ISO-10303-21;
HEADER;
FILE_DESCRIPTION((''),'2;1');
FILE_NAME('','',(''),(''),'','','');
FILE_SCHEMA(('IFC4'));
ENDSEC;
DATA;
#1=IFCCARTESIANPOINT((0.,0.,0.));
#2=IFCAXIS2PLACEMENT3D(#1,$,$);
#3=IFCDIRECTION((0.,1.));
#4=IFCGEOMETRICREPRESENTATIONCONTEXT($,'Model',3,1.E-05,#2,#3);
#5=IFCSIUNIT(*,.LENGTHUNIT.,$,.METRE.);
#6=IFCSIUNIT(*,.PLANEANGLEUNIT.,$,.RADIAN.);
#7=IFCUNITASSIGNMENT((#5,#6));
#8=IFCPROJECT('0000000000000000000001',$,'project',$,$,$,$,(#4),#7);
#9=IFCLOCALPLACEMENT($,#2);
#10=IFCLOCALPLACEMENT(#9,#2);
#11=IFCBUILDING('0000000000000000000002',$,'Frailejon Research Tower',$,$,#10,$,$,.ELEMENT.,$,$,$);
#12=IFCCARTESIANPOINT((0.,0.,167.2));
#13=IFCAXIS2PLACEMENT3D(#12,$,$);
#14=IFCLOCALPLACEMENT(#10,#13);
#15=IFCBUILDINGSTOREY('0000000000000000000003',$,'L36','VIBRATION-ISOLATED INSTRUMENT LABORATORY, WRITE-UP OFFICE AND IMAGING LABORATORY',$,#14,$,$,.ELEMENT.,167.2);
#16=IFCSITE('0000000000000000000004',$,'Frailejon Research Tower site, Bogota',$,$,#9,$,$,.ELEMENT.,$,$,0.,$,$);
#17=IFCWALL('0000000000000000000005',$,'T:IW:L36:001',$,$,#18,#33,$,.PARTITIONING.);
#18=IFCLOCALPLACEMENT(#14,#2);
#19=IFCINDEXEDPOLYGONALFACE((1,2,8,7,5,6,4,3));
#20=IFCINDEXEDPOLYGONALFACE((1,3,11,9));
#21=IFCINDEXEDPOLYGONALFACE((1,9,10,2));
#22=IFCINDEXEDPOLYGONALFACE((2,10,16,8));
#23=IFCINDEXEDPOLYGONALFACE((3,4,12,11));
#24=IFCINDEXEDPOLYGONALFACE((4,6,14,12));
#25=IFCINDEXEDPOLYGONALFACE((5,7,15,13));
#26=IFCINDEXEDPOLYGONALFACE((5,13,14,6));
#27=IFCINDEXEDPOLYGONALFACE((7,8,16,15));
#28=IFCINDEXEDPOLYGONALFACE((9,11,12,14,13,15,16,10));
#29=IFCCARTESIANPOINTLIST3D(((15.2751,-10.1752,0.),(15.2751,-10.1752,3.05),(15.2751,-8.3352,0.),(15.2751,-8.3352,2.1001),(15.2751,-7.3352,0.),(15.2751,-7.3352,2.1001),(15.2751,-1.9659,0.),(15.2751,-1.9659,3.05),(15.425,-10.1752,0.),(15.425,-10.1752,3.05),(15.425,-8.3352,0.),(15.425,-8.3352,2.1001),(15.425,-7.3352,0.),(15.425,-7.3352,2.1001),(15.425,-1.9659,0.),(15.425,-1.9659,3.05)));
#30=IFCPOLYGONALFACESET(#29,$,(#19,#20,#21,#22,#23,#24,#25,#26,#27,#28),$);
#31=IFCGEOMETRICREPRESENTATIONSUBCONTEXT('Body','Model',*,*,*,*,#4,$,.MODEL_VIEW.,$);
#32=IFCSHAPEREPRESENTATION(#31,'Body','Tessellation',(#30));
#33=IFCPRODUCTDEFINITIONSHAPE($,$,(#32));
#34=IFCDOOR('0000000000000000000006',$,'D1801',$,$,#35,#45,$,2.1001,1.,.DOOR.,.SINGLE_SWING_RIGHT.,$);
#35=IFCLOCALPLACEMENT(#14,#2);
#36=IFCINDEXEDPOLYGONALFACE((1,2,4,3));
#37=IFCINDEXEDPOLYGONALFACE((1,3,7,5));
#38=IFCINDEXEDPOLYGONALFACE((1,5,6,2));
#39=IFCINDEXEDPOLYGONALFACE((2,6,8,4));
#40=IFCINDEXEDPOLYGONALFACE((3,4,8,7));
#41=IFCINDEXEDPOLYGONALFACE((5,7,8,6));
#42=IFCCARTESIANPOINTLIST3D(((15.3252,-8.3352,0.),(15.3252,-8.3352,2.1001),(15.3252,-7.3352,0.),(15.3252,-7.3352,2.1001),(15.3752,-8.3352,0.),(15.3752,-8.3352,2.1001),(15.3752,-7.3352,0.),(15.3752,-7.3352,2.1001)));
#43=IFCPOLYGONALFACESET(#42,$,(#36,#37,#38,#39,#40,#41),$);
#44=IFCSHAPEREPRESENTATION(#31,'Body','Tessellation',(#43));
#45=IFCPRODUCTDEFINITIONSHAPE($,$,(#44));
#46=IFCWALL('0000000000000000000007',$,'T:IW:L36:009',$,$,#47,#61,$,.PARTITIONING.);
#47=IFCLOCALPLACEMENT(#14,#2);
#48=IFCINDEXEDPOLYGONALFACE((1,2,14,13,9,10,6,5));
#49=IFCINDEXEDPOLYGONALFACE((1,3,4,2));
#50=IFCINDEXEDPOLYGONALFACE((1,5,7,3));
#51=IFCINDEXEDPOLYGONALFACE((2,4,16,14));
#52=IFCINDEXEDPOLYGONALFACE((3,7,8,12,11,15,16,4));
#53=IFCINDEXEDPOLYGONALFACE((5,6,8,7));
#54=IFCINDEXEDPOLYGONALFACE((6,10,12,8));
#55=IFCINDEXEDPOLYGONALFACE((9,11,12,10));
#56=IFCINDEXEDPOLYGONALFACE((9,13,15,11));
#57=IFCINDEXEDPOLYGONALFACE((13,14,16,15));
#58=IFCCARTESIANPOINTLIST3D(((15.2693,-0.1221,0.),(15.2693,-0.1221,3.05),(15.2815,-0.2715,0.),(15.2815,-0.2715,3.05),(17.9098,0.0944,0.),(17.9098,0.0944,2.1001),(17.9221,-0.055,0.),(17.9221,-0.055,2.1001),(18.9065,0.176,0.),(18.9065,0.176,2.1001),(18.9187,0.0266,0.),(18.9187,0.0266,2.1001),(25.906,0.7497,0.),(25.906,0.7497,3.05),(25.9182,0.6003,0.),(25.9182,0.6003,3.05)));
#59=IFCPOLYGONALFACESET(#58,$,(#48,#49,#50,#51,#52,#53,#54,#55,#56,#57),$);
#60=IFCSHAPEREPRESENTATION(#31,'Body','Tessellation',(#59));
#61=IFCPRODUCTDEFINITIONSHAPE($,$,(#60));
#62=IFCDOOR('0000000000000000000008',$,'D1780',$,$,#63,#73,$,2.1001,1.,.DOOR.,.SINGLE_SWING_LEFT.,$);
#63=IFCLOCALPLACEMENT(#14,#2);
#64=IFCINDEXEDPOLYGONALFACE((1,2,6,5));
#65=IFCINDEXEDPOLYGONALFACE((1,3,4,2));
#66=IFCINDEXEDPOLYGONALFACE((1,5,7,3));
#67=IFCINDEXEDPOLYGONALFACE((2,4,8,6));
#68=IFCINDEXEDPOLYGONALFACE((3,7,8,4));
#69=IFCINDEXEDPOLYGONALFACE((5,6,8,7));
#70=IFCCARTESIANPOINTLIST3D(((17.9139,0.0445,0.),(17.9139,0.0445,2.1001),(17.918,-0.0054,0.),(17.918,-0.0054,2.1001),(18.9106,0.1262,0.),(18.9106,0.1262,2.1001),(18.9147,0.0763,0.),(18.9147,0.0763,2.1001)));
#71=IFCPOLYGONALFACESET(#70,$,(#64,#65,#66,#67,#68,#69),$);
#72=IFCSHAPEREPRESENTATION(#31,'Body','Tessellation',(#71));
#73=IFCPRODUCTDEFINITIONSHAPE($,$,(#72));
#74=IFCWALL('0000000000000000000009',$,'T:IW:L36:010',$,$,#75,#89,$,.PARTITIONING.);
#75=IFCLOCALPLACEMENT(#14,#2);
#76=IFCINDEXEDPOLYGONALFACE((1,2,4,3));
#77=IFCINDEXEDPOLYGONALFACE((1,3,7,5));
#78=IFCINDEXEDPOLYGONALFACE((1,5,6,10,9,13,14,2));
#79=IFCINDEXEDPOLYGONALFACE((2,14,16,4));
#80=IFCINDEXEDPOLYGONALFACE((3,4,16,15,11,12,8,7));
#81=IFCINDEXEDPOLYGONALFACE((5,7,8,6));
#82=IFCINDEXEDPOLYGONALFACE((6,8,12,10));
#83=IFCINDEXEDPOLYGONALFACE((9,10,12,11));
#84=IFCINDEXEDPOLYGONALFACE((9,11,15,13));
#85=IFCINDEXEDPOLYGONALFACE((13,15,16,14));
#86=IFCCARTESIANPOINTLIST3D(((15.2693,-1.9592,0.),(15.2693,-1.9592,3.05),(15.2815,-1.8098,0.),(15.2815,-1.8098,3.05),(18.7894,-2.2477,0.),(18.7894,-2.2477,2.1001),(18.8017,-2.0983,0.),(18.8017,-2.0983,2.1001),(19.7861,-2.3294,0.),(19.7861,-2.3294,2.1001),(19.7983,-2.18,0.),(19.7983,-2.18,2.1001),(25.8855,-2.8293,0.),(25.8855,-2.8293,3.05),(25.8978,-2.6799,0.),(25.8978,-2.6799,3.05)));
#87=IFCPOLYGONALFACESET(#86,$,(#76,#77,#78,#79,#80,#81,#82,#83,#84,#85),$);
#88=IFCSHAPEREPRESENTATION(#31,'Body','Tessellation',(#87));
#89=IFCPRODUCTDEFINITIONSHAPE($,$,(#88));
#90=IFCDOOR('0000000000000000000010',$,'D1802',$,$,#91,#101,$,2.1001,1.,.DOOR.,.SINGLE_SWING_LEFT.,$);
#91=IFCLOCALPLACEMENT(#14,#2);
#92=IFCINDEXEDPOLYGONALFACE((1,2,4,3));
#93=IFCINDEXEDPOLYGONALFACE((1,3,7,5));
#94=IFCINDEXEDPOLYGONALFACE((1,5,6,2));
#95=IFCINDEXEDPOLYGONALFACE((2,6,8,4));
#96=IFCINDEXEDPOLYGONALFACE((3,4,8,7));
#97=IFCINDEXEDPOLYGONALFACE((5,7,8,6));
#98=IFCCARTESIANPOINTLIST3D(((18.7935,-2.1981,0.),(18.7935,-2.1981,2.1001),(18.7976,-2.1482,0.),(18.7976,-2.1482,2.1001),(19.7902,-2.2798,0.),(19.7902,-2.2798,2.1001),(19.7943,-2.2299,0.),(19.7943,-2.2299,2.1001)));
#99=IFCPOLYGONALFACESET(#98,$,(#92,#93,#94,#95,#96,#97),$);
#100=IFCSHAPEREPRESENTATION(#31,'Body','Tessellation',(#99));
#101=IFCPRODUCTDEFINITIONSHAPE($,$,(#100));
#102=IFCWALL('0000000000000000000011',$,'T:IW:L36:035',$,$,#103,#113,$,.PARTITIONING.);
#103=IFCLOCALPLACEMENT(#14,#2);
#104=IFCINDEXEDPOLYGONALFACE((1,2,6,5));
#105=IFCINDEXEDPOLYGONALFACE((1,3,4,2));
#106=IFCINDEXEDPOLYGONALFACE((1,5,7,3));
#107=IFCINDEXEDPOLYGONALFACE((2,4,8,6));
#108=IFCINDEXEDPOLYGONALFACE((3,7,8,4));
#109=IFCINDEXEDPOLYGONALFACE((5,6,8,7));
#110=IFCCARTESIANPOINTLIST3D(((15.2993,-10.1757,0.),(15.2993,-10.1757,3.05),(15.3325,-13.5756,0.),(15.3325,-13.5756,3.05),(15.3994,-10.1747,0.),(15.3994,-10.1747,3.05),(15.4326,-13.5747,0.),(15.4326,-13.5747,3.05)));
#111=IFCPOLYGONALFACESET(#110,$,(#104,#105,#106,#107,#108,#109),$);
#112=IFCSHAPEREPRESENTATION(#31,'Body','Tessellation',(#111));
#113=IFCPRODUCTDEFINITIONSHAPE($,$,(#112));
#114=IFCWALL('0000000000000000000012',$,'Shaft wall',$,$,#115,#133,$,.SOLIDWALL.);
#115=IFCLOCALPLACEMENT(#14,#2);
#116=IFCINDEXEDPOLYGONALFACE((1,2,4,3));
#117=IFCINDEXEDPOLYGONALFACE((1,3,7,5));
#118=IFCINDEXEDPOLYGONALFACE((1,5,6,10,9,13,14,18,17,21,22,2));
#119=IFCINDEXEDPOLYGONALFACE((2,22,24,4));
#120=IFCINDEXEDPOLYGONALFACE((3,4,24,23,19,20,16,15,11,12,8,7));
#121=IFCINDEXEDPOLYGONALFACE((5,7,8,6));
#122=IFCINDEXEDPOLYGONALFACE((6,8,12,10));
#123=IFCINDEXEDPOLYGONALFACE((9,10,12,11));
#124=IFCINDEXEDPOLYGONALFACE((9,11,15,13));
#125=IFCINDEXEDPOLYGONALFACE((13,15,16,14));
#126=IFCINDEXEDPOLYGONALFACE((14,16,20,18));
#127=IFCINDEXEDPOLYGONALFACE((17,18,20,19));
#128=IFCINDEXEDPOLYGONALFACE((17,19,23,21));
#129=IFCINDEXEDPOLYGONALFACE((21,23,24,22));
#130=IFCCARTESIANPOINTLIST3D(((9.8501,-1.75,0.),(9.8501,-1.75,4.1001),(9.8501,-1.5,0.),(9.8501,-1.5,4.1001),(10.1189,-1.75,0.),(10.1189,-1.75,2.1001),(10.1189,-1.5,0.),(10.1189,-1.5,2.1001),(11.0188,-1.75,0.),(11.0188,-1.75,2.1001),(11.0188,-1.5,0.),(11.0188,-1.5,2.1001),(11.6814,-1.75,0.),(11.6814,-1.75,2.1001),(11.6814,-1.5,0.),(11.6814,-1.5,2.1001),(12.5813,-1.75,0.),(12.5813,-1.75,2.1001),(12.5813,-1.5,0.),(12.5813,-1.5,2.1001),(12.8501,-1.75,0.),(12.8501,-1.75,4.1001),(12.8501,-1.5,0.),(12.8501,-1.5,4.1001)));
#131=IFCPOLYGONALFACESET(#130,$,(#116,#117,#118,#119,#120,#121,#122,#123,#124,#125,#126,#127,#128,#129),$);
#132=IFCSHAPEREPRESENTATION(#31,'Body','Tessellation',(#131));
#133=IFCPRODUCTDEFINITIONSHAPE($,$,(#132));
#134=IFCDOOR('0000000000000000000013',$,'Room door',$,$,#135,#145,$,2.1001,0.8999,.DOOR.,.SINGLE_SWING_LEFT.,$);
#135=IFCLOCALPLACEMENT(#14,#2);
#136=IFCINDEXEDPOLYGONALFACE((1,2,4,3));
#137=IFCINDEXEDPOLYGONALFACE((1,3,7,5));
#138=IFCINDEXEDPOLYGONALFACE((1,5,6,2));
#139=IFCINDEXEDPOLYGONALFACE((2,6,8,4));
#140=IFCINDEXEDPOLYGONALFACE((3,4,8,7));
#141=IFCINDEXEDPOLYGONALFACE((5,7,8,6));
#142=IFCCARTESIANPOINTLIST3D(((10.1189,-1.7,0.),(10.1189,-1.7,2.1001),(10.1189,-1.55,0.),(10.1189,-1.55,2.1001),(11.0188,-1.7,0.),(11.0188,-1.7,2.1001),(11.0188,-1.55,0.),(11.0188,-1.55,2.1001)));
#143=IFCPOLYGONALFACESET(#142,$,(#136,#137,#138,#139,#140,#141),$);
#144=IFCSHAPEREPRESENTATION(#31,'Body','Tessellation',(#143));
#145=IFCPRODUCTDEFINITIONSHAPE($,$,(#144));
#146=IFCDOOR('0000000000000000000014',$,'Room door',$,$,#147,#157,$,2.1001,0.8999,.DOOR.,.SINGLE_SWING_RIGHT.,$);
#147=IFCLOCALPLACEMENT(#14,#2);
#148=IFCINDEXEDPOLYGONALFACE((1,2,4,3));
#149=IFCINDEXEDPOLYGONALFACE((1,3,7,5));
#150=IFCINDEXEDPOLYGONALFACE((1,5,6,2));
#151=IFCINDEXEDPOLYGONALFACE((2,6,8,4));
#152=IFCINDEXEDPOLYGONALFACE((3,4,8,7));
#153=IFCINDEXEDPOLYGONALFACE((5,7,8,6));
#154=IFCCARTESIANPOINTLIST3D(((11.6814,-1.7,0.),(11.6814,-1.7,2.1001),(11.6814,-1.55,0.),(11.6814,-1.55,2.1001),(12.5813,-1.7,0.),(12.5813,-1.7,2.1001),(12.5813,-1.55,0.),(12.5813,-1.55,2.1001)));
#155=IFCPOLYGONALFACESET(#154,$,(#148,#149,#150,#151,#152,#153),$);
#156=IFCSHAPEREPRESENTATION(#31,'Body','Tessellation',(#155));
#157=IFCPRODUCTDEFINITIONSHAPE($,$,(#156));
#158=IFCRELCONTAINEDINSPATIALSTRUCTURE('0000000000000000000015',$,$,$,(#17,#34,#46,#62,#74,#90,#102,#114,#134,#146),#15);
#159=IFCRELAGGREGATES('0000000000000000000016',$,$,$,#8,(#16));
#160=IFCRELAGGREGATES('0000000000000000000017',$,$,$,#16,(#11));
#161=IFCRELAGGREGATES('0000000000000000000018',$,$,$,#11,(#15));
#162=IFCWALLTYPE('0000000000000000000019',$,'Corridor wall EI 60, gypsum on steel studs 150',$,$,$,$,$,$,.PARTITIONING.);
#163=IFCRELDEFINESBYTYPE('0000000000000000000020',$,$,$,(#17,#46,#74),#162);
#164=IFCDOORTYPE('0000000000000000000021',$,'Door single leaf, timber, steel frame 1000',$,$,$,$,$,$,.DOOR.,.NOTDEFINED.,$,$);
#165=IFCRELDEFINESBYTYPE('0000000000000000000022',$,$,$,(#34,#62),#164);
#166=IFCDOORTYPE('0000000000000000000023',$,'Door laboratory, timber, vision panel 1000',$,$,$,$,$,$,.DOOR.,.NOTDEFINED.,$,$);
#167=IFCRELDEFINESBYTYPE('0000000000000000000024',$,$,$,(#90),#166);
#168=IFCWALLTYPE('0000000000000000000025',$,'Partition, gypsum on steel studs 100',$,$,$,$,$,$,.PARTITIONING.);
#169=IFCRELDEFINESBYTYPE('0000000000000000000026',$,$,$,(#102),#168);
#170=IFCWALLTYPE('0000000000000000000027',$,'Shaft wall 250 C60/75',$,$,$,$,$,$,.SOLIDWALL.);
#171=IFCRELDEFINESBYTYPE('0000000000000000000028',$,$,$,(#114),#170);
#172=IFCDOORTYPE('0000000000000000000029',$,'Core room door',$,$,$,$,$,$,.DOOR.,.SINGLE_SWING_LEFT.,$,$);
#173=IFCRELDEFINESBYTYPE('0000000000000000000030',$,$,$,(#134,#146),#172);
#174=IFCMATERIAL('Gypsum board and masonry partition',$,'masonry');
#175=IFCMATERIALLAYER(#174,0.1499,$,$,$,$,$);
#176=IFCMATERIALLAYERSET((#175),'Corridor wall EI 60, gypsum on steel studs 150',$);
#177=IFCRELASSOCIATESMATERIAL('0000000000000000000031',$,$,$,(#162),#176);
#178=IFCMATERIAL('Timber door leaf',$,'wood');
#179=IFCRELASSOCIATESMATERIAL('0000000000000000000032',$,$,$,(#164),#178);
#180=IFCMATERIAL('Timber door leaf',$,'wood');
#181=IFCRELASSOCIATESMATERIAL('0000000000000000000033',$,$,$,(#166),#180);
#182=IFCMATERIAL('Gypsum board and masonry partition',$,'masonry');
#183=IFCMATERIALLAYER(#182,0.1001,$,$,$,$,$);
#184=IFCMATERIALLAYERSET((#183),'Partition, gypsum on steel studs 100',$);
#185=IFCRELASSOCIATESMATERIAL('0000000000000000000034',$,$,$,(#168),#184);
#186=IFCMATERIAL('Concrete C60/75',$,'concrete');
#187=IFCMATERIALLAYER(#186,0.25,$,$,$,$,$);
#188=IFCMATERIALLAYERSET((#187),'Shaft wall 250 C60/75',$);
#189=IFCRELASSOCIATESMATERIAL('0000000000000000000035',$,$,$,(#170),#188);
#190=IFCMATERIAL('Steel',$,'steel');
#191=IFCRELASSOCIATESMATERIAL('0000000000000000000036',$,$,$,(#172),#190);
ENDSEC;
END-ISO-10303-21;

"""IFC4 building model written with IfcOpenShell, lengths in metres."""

from ifc_helpers import new_model, si_unit, direction, frame, frame_2d, origin, place, context, subcontext, project, spatial, rectangle, extrude, material, layer, layer_set, type_object, element, fill, save


model = new_model("IFC4")

# Units and contexts
model_context = context("Model", 3, precision=1e-05, world=origin(), true_north=direction((0.0, 1.0)))
body_context = subcontext(model_context, "Body", "Model", "MODEL_VIEW")
ifc_project = project(units=[si_unit("LENGTHUNIT", "METRE"), si_unit("PLANEANGLEUNIT", "RADIAN")], contexts=[model_context])

# Site, building, storey
site_placement = place(None, origin())
site = spatial("IfcSite", under=ifc_project, at=site_placement, Name="Frailejon Research Tower site, Bogota", CompositionType="ELEMENT", RefElevation=0.0)
building_placement = place(site_placement, origin())
building = spatial("IfcBuilding", under=site, at=building_placement, Name="Frailejon Research Tower", CompositionType="ELEMENT")
storey_placement = place(building_placement, frame((0.0, 0.0, 167.2)))
storey = spatial("IfcBuildingStorey", under=building, at=storey_placement, Name="L36", Description="VIBRATION-ISOLATED INSTRUMENT LABORATORY, WRITE-UP OFFICE AND IMAGING LABORATORY", CompositionType="ELEMENT", Elevation=167.2)

# Walls, openings, doors
ifc_material_1 = material(Name="Gypsum board and masonry partition", Category="masonry")
ifc_layer_1 = layer(ifc_material_1, 0.1499)
ifc_layer_set_1 = layer_set([ifc_layer_1], Name="Corridor wall EI 60, gypsum on steel studs 150")
wall_type_1 = type_object("IfcWallType", Name="Corridor wall EI 60, gypsum on steel studs 150", PredefinedType="PARTITIONING", material=ifc_layer_set_1)
wall_1_placement = place(storey_placement, frame((15.3501, -10.175, 0.0), z_axis=(0.0, 0.0, 1.0), x_axis=(0.0, 1.0, 0.0)))
wall_1 = element("IfcWall", 1, at=wall_1_placement, inside=storey, type_object=wall_type_1, Name="T:IW:L36:001", PredefinedType="PARTITIONING", context=body_context, shape_type="SweptSolid", body=[
    extrude(rectangle(XDim=8.2092, YDim=0.1499, at=frame_2d((4.1045, 0.0))), origin(), (0.0, 0.0, 1.0), 3.05),
])
opening_1_placement = place(wall_1_placement, frame((1.8398, 0.0, 0.0)))
opening_1 = element("IfcOpeningElement", 2, at=opening_1_placement, cuts=wall_1, PredefinedType="OPENING", context=body_context, shape_type="SweptSolid", body=[
    extrude(rectangle(XDim=1.0, YDim=2.1001, at=frame_2d((0.5, 1.05))), frame((0.0, 0.085, 0.0), z_axis=(0.0, -1.0, 0.0), x_axis=(1.0, 0.0, 0.0)), (0.0, 0.0, 1.0), 0.1699),
])
ifc_material_2 = material(Name="Timber door leaf", Category="wood")
door_type_1 = type_object("IfcDoorType", Name="Door single leaf, timber, steel frame 1000", OperationType="NOTDEFINED", PredefinedType="DOOR", material=ifc_material_2)
door_1_placement = place(opening_1_placement, origin())
door_1 = element("IfcDoor", 3, at=door_1_placement, inside=storey, type_object=door_type_1, Name="D1801", OperationType="SINGLE_SWING_RIGHT", OverallHeight=2.1001, OverallWidth=1.0, PredefinedType="DOOR", context=body_context, shape_type="SweptSolid", body=[
    extrude(rectangle(XDim=1.0, YDim=2.1001, at=frame_2d((0.5, 1.05))), frame((0.0, 0.0249, 0.0), z_axis=(0.0, -1.0, 0.0), x_axis=(1.0, 0.0, 0.0)), (0.0, 0.0, 1.0), 0.05),
])
fill(opening_1, door_1)
wall_2_placement = place(storey_placement, frame((15.2754, -0.1968, 0.0), z_axis=(0.0, 0.0, 1.0), x_axis=(0.996658, 0.08169, 0.0)))
wall_2 = element("IfcWall", 4, at=wall_2_placement, inside=storey, type_object=wall_type_1, Name="T:IW:L36:009", PredefinedType="PARTITIONING", context=body_context, shape_type="SweptSolid", body=[
    extrude(rectangle(XDim=10.6724, YDim=0.1499, at=frame_2d((5.3362, 0.0))), origin(), (0.0, 0.0, 1.0), 3.05),
])
opening_2_placement = place(wall_2_placement, frame((2.6494, 0.0, 0.0)))
opening_2 = element("IfcOpeningElement", 5, at=opening_2_placement, cuts=wall_2, PredefinedType="OPENING", context=body_context, shape_type="SweptSolid", body=[
    extrude(rectangle(XDim=1.0, YDim=2.1001, at=frame_2d((0.5, 1.05))), frame((0.0, 0.085, 0.0), z_axis=(0.0, -1.0, 0.0), x_axis=(1.0, 0.0, 0.0)), (0.0, 0.0, 1.0), 0.1699),
])
door_2_placement = place(opening_2_placement, origin())
door_2 = element("IfcDoor", 6, at=door_2_placement, inside=storey, type_object=door_type_1, Name="D1780", OperationType="SINGLE_SWING_LEFT", OverallHeight=2.1001, OverallWidth=1.0, PredefinedType="DOOR", context=body_context, shape_type="SweptSolid", body=[
    extrude(rectangle(XDim=1.0, YDim=2.1001, at=frame_2d((0.5, 1.05))), frame((0.0, 0.0249, 0.0), z_axis=(0.0, -1.0, 0.0), x_axis=(1.0, 0.0, 0.0)), (0.0, 0.0, 1.0), 0.05),
])
fill(opening_2, door_2)
wall_3_placement = place(storey_placement, frame((15.2754, -1.8845, 0.0), z_axis=(0.0, 0.0, 1.0), x_axis=(0.996658, -0.081687, 0.0)))
wall_3 = element("IfcWall", 7, at=wall_3_placement, inside=storey, type_object=wall_type_1, Name="T:IW:L36:010", PredefinedType="PARTITIONING", context=body_context, shape_type="SweptSolid", body=[
    extrude(rectangle(XDim=10.6519, YDim=0.1499, at=frame_2d((5.3259, 0.0))), origin(), (0.0, 0.0, 1.0), 3.05),
])
opening_3_placement = place(wall_3_placement, frame((3.532, 0.0, 0.0)))
opening_3 = element("IfcOpeningElement", 8, at=opening_3_placement, cuts=wall_3, PredefinedType="OPENING", context=body_context, shape_type="SweptSolid", body=[
    extrude(rectangle(XDim=1.0, YDim=2.1001, at=frame_2d((0.5, 1.05))), frame((0.0, 0.085, 0.0), z_axis=(0.0, -1.0, 0.0), x_axis=(1.0, 0.0, 0.0)), (0.0, 0.0, 1.0), 0.1699),
])
ifc_material_3 = material(Name="Timber door leaf", Category="wood")
door_type_2 = type_object("IfcDoorType", Name="Door laboratory, timber, vision panel 1000", OperationType="NOTDEFINED", PredefinedType="DOOR", material=ifc_material_3)
door_3_placement = place(opening_3_placement, origin())
door_3 = element("IfcDoor", 9, at=door_3_placement, inside=storey, type_object=door_type_2, Name="D1802", OperationType="SINGLE_SWING_LEFT", OverallHeight=2.1001, OverallWidth=1.0, PredefinedType="DOOR", context=body_context, shape_type="SweptSolid", body=[
    extrude(rectangle(XDim=1.0, YDim=2.1001, at=frame_2d((0.5, 1.05))), frame((0.0, 0.0249, 0.0), z_axis=(0.0, -1.0, 0.0), x_axis=(1.0, 0.0, 0.0)), (0.0, 0.0, 1.0), 0.05),
])
fill(opening_3, door_3)

# Wall
ifc_material_4 = material(Name="Gypsum board and masonry partition", Category="masonry")
ifc_layer_2 = layer(ifc_material_4, 0.1001)
ifc_layer_set_2 = layer_set([ifc_layer_2], Name="Partition, gypsum on steel studs 100")
wall_type_2 = type_object("IfcWallType", Name="Partition, gypsum on steel studs 100", PredefinedType="PARTITIONING", material=ifc_layer_set_2)
wall_4_placement = place(storey_placement, frame((15.3494, -10.175, 0.0), z_axis=(0.0, 0.0, 1.0), x_axis=(0.009765, -0.999952, 0.0)))
element("IfcWall", 10, at=wall_4_placement, inside=storey, type_object=wall_type_2, Name="T:IW:L36:035", PredefinedType="PARTITIONING", context=body_context, shape_type="SweptSolid", body=[
    extrude(rectangle(XDim=3.4001, YDim=0.1001, at=frame_2d((1.7002, 0.0))), origin(), (0.0, 0.0, 1.0), 3.05),
])

# Wall, openings, doors
ifc_material_5 = material(Name="Concrete C60/75", Category="concrete")
ifc_layer_3 = layer(ifc_material_5, 0.25)
ifc_layer_set_3 = layer_set([ifc_layer_3], Name="Shaft wall 250 C60/75")
wall_type_3 = type_object("IfcWallType", Name="Shaft wall 250 C60/75", PredefinedType="SOLIDWALL", material=ifc_layer_set_3)
wall_5_placement = place(storey_placement, frame((9.8501, -1.625, 0.0), z_axis=(0.0, 0.0, 1.0), x_axis=(1.0, 0.0, 0.0)))
wall_5 = element("IfcWall", 11, at=wall_5_placement, inside=storey, type_object=wall_type_3, Name="Shaft wall", PredefinedType="SOLIDWALL", context=body_context, shape_type="SweptSolid", body=[
    extrude(rectangle(XDim=3.0, YDim=0.25, at=frame_2d((1.5, 0.0))), origin(), (0.0, 0.0, 1.0), 4.1001),
])
opening_4_placement = place(wall_5_placement, frame((0.2688, 0.0, 0.0)))
opening_4 = element("IfcOpeningElement", 12, at=opening_4_placement, cuts=wall_5, PredefinedType="OPENING", context=body_context, shape_type="SweptSolid", body=[
    extrude(rectangle(XDim=0.8999, YDim=2.1001, at=frame_2d((0.45, 1.05))), frame((0.0, 0.135, 0.0), z_axis=(0.0, -1.0, 0.0), x_axis=(1.0, 0.0, 0.0)), (0.0, 0.0, 1.0), 0.27),
])
opening_5_placement = place(wall_5_placement, frame((1.8313, 0.0, 0.0)))
opening_5 = element("IfcOpeningElement", 13, at=opening_5_placement, cuts=wall_5, PredefinedType="OPENING", context=body_context, shape_type="SweptSolid", body=[
    extrude(rectangle(XDim=0.8999, YDim=2.1001, at=frame_2d((0.45, 1.05))), frame((0.0, 0.135, 0.0), z_axis=(0.0, -1.0, 0.0), x_axis=(1.0, 0.0, 0.0)), (0.0, 0.0, 1.0), 0.27),
])
ifc_material_6 = material(Name="Steel", Category="steel")
door_type_3 = type_object("IfcDoorType", Name="Core room door", OperationType="SINGLE_SWING_LEFT", PredefinedType="DOOR", material=ifc_material_6)
door_4_placement = place(opening_4_placement, origin())
door_4 = element("IfcDoor", 14, at=door_4_placement, inside=storey, type_object=door_type_3, Name="Room door", OperationType="SINGLE_SWING_LEFT", OverallHeight=2.1001, OverallWidth=0.8999, PredefinedType="DOOR", context=body_context, shape_type="SweptSolid", body=[
    extrude(rectangle(XDim=0.8999, YDim=2.1001, at=frame_2d((0.45, 1.05))), frame((0.0, 0.075, 0.0), z_axis=(0.0, -1.0, 0.0), x_axis=(1.0, 0.0, 0.0)), (0.0, 0.0, 1.0), 0.1499),
])
fill(opening_4, door_4)
door_5_placement = place(opening_5_placement, origin())
door_5 = element("IfcDoor", 15, at=door_5_placement, inside=storey, type_object=door_type_3, Name="Room door", OperationType="SINGLE_SWING_RIGHT", OverallHeight=2.1001, OverallWidth=0.8999, PredefinedType="DOOR", context=body_context, shape_type="SweptSolid", body=[
    extrude(rectangle(XDim=0.8999, YDim=2.1001, at=frame_2d((0.45, 1.05))), frame((0.0, 0.075, 0.0), z_axis=(0.0, -1.0, 0.0), x_axis=(1.0, 0.0, 0.0)), (0.0, 0.0, 1.0), 0.1499),
])
fill(opening_5, door_5)

save(model, "model.ifc")
